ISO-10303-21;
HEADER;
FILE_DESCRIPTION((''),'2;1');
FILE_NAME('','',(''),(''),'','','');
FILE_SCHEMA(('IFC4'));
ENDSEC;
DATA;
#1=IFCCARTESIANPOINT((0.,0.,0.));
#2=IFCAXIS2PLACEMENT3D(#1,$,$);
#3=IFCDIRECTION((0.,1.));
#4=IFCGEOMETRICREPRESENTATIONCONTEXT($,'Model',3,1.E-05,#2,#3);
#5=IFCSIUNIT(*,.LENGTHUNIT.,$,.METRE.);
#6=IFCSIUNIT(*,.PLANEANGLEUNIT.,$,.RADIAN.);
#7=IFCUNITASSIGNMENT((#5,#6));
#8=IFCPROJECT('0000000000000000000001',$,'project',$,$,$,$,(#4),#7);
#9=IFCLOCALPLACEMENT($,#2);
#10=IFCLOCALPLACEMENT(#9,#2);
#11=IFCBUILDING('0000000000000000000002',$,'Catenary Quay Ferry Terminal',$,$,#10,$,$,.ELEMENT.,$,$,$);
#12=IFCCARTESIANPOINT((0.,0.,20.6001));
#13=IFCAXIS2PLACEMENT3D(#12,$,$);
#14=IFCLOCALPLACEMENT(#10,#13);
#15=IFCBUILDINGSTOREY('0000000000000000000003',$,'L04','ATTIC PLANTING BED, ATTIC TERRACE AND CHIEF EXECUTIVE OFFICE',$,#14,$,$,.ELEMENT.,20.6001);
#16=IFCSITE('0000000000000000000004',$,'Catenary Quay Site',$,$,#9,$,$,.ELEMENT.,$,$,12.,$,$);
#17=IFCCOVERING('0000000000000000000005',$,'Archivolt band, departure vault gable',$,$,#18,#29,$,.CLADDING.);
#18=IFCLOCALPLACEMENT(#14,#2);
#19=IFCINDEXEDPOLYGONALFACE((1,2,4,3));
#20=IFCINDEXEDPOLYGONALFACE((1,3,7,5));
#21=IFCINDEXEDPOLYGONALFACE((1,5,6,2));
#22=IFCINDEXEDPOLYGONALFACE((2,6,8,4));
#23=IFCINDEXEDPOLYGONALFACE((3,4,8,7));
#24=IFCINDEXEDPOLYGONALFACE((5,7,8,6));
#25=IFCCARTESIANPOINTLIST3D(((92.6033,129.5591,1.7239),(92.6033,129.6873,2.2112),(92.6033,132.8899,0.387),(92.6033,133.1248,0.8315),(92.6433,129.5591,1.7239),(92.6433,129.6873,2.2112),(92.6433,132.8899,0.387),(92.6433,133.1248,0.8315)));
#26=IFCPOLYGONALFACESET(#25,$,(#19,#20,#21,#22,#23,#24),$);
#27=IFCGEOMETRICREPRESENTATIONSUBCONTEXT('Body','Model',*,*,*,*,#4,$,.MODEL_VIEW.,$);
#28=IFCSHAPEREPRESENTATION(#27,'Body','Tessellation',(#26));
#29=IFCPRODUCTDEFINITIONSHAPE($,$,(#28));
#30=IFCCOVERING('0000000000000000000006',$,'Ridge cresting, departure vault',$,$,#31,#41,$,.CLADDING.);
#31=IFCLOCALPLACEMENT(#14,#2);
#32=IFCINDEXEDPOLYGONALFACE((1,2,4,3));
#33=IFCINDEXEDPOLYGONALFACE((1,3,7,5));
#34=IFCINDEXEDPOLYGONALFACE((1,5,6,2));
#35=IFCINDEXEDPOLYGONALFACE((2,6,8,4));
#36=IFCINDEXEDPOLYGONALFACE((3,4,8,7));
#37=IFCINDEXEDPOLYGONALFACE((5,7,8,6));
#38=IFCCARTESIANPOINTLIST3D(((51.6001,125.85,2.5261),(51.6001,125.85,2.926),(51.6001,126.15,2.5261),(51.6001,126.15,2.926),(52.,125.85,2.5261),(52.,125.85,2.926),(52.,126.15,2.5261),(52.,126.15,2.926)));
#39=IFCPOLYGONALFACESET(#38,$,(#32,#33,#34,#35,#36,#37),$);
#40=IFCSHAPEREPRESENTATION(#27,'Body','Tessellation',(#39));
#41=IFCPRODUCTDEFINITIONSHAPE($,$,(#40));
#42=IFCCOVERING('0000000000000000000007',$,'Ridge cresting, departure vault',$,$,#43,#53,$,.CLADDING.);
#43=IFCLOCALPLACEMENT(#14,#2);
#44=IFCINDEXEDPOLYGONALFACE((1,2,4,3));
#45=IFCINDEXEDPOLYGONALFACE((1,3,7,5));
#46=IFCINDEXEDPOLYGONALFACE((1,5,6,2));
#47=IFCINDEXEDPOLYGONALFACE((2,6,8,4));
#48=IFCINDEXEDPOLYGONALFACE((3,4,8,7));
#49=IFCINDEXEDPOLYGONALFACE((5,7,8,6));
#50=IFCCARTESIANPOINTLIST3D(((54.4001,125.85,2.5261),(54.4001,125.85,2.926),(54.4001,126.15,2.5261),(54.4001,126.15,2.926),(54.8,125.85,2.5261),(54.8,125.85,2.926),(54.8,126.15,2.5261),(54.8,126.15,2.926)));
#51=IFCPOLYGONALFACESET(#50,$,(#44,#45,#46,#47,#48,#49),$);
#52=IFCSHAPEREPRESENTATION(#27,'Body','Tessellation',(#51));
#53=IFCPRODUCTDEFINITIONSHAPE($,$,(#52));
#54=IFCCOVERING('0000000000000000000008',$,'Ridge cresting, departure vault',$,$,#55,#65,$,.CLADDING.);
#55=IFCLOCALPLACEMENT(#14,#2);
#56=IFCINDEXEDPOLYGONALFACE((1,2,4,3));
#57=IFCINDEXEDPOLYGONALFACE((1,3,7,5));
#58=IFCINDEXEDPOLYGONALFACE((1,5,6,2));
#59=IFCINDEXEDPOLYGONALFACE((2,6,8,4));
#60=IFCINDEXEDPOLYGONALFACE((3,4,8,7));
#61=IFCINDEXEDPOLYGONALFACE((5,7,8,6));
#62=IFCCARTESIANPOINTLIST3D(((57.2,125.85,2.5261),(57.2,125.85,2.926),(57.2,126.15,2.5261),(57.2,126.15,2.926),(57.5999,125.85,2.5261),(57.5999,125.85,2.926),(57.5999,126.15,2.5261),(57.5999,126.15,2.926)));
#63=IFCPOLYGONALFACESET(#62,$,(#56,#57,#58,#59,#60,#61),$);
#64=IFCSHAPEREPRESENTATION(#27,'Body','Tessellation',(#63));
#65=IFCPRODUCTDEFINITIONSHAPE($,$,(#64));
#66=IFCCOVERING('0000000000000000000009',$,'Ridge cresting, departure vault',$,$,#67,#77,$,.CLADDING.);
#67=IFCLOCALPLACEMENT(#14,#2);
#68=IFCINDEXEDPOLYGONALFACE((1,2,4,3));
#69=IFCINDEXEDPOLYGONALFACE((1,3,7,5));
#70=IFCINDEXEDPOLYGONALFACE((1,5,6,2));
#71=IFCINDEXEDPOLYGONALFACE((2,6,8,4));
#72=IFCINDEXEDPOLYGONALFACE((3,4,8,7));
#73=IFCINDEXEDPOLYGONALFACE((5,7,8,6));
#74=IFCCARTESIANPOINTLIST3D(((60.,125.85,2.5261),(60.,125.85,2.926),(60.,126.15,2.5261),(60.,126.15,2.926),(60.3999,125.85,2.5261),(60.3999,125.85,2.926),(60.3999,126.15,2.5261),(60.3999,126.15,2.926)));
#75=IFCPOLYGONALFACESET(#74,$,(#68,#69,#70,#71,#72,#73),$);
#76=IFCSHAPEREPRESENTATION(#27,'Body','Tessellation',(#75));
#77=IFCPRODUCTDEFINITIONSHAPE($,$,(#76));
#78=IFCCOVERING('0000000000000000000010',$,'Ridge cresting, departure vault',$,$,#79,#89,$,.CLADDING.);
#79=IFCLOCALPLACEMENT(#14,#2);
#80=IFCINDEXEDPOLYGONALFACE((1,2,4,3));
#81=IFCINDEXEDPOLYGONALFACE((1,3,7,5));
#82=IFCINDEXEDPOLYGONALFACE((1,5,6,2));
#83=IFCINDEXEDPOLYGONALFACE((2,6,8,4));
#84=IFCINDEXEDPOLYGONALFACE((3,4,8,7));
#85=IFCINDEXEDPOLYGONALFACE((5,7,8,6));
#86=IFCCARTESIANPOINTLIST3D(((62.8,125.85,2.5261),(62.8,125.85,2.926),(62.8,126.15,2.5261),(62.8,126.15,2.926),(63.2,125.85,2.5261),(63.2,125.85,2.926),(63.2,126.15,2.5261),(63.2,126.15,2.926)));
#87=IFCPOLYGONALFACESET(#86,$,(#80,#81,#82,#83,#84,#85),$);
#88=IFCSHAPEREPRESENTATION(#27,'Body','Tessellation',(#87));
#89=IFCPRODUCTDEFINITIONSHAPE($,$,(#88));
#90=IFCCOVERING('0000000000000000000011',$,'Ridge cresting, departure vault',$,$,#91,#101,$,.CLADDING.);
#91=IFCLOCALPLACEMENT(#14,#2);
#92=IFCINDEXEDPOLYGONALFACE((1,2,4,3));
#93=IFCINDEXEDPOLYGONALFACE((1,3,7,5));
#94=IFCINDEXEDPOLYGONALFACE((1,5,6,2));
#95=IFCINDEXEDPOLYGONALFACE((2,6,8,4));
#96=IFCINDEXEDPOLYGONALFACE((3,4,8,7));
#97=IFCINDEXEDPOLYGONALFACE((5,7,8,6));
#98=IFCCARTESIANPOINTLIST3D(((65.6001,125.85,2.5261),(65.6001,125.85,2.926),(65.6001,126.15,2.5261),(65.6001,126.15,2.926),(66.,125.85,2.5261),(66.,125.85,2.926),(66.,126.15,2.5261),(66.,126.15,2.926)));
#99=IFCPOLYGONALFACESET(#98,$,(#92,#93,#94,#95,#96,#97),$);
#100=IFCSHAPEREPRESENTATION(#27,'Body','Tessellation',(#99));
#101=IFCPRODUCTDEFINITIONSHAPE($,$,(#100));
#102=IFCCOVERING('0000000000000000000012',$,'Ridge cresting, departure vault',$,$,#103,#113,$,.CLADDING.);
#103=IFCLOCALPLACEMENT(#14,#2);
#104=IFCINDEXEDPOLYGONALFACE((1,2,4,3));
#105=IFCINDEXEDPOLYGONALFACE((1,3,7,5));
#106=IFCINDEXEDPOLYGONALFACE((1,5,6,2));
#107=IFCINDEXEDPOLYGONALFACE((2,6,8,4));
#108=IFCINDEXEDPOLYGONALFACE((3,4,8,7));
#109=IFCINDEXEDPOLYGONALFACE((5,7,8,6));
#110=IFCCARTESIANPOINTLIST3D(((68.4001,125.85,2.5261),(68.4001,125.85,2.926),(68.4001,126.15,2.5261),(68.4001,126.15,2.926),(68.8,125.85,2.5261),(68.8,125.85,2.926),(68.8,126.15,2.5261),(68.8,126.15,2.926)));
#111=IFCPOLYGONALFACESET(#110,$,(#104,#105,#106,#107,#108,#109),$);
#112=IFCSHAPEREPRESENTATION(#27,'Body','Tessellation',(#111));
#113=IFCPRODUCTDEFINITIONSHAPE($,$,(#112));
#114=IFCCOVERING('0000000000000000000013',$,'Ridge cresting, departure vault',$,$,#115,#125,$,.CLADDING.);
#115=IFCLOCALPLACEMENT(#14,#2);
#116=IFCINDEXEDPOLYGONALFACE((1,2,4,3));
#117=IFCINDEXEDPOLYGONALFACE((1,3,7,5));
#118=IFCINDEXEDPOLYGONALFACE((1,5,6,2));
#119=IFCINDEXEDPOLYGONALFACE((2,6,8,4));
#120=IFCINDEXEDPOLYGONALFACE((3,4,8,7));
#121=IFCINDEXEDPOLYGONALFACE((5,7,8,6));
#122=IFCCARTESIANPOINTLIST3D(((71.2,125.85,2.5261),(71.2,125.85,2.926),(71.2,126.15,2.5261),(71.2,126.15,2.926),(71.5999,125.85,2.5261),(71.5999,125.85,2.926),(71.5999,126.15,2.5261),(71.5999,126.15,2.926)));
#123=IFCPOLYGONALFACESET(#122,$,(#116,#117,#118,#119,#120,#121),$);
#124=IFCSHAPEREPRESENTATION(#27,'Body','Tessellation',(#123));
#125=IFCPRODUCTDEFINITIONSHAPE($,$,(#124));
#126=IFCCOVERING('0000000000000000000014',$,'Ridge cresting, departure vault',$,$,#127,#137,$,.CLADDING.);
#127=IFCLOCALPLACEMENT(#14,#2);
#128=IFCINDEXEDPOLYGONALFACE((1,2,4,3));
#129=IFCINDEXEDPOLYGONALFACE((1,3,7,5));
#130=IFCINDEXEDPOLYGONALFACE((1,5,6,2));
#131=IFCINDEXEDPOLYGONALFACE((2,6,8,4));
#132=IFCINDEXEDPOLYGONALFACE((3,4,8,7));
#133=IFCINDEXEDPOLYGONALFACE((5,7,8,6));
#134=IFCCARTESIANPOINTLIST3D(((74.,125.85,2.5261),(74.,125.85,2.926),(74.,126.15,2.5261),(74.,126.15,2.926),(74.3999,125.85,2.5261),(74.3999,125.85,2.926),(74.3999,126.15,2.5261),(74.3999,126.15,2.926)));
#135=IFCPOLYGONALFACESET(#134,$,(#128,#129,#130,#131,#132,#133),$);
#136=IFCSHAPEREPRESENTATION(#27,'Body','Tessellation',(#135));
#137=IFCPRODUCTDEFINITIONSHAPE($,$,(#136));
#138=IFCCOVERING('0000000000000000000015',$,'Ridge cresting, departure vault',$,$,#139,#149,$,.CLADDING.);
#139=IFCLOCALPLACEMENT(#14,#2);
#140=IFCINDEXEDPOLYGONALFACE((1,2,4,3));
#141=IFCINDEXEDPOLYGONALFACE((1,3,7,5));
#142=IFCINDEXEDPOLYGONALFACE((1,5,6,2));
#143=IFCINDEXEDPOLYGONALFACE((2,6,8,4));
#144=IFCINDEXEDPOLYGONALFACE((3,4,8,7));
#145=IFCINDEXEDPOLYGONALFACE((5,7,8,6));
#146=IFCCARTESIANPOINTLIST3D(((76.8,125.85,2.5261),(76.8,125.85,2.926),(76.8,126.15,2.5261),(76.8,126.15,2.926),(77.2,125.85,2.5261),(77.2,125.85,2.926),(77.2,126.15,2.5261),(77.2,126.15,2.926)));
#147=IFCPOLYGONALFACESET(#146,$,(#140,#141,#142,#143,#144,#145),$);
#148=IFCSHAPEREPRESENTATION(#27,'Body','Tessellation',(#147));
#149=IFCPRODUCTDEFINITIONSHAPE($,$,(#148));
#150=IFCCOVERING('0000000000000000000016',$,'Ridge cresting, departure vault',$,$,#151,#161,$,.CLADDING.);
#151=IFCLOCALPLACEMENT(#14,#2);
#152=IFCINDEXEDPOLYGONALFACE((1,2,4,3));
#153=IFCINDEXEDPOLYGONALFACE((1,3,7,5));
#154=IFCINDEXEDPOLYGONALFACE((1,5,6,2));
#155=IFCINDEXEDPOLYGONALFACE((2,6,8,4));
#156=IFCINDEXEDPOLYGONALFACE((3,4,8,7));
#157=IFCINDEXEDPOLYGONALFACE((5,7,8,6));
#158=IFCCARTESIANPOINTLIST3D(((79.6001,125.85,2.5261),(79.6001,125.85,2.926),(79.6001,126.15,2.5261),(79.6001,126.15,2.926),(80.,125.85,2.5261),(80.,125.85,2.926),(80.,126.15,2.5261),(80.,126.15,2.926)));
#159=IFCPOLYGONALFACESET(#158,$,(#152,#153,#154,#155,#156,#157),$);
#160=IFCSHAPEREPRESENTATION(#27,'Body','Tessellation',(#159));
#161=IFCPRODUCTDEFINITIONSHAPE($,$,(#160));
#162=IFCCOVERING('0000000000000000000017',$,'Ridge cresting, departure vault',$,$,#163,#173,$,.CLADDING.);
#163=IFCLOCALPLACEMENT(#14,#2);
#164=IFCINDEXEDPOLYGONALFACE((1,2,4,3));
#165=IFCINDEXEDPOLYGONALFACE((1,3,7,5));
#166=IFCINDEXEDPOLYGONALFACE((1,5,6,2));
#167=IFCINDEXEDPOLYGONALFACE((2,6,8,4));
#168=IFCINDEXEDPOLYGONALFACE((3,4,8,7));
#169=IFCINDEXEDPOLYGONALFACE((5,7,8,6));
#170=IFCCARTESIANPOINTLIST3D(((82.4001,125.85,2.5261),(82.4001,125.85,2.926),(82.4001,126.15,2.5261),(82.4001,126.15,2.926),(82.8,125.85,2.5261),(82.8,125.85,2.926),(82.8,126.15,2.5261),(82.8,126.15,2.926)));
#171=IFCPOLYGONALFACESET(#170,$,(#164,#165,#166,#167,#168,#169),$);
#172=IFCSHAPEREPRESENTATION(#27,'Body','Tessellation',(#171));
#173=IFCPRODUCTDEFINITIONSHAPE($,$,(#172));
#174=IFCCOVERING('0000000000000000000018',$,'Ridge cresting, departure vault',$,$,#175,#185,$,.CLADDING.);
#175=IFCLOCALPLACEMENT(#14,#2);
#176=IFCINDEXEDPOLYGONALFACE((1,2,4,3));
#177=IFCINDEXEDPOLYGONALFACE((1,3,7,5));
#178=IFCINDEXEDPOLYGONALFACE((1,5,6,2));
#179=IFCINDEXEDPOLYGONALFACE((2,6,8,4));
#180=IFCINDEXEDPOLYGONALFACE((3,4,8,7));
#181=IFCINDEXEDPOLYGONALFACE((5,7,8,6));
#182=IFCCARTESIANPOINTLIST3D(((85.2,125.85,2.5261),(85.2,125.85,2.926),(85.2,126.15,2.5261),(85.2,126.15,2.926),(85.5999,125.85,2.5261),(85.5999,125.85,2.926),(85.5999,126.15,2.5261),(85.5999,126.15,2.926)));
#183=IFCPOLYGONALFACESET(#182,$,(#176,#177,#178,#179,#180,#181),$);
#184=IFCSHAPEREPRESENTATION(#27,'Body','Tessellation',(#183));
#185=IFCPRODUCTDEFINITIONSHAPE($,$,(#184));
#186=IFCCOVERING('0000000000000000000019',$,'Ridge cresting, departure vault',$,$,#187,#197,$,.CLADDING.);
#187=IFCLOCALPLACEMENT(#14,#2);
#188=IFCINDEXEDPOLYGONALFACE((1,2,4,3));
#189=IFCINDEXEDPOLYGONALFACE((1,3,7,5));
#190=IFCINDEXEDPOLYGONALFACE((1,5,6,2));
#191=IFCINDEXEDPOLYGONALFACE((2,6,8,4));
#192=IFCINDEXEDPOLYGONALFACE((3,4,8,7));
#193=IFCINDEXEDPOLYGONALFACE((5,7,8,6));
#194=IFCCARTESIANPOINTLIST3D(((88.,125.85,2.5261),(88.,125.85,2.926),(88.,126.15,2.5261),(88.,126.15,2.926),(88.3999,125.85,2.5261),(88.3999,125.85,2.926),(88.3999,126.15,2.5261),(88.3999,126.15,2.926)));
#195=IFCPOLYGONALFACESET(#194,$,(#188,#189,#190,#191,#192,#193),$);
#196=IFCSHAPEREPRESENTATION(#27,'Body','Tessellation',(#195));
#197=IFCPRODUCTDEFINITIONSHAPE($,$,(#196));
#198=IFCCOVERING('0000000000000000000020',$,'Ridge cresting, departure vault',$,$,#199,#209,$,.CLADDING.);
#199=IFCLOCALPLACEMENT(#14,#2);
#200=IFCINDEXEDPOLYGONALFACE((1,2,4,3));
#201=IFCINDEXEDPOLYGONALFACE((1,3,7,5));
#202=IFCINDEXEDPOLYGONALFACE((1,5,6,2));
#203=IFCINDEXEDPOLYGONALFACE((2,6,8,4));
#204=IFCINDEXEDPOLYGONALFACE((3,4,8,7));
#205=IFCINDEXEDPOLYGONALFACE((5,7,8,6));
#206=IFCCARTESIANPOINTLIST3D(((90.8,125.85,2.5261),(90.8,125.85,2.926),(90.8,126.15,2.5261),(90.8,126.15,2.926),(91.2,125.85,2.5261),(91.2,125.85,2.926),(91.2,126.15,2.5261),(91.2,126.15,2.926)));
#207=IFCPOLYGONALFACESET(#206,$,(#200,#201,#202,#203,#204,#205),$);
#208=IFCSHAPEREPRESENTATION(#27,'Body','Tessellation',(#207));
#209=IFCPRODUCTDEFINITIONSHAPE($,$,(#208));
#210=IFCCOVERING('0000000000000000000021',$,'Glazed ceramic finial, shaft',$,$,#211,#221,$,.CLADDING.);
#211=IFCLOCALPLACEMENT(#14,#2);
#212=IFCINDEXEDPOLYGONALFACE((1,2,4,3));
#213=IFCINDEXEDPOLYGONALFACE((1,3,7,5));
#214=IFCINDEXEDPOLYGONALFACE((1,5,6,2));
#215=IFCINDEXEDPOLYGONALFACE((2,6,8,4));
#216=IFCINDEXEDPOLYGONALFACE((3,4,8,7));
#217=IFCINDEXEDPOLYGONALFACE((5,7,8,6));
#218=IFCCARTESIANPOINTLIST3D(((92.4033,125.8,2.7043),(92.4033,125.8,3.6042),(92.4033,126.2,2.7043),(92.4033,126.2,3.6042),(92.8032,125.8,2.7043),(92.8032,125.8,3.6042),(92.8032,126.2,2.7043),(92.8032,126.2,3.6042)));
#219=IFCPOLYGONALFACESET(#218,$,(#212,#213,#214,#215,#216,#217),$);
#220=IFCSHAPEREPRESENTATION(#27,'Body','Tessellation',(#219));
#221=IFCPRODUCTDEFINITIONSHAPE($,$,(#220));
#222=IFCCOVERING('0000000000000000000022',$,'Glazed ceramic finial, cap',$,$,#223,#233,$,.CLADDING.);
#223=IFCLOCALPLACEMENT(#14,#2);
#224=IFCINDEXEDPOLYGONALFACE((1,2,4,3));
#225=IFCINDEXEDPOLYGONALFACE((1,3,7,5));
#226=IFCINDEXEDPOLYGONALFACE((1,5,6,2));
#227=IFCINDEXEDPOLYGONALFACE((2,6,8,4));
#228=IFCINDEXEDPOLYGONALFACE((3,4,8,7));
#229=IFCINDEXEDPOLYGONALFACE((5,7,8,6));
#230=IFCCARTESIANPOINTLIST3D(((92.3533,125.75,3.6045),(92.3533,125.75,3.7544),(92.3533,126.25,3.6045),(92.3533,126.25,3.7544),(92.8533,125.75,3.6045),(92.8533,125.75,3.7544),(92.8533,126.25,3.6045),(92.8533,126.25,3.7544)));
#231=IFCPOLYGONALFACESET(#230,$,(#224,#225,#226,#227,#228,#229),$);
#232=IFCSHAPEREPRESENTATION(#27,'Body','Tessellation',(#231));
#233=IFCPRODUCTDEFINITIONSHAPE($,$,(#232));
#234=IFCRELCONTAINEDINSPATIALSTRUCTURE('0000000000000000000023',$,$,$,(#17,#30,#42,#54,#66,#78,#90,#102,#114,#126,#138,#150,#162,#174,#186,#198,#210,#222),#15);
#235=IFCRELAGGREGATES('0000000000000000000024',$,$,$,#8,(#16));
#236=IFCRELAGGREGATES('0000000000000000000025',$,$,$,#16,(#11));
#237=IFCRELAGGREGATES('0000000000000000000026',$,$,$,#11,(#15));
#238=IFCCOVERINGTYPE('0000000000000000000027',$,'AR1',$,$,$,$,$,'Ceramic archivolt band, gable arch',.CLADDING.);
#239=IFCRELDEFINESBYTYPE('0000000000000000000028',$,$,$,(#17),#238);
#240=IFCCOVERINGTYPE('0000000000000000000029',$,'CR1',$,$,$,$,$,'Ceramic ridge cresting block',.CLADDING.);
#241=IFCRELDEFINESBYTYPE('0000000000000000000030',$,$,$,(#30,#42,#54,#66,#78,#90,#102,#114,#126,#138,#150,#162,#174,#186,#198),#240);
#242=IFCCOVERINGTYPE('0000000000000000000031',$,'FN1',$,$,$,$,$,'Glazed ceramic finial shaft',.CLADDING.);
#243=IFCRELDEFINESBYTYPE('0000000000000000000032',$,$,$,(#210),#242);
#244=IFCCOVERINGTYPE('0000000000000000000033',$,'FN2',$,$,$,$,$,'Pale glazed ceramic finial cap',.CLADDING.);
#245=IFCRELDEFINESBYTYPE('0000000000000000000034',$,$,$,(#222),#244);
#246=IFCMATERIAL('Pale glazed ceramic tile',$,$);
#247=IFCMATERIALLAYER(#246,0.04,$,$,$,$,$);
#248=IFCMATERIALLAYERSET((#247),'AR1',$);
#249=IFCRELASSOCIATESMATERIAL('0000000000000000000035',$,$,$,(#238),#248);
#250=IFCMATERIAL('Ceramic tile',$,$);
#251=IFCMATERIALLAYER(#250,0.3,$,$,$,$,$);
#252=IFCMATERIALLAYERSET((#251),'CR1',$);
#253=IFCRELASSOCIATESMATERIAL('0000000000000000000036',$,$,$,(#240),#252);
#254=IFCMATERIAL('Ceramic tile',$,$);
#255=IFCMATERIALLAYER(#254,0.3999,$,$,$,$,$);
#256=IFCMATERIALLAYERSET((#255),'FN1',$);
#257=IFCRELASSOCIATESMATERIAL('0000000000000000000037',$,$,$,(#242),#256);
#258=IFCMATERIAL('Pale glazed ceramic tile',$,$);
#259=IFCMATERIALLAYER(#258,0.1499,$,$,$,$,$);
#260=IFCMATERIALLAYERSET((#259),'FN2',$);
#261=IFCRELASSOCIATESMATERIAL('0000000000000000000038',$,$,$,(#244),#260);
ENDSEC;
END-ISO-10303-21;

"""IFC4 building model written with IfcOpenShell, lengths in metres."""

from ifc_helpers import new_model, si_unit, direction, frame, origin, origin_2d, place, context, subcontext, project, spatial, polyline, rectangle, outline, extrude, material, layer, layer_set, type_object, element, save


model = new_model("IFC4")

# Units and contexts
model_context = context("Model", 3, precision=1e-05, world=origin(), true_north=direction((0.0, 1.0)))
body_context = subcontext(model_context, "Body", "Model", "MODEL_VIEW")
ifc_project = project(units=[si_unit("LENGTHUNIT", "METRE"), si_unit("PLANEANGLEUNIT", "RADIAN")], contexts=[model_context])

# Site, building, storey
site_placement = place(None, origin())
site = spatial("IfcSite", under=ifc_project, at=site_placement, Name="Catenary Quay Site", CompositionType="ELEMENT", RefElevation=12.0)
building_placement = place(site_placement, origin())
building = spatial("IfcBuilding", under=site, at=building_placement, Name="Catenary Quay Ferry Terminal", CompositionType="ELEMENT")
storey_placement = place(building_placement, frame((0.0, 0.0, 20.6001)))
storey = spatial("IfcBuildingStorey", under=building, at=storey_placement, Name="L04", Description="ATTIC PLANTING BED, ATTIC TERRACE AND CHIEF EXECUTIVE OFFICE", CompositionType="ELEMENT", Elevation=20.6001)

# Coverings
ifc_material_1 = material(Name="Pale glazed ceramic tile")
ifc_layer_1 = layer(ifc_material_1, 0.04)
ifc_layer_set_1 = layer_set([ifc_layer_1], Name="AR1")
covering_type_1 = type_object("IfcCoveringType", Name="AR1", ElementType="Ceramic archivolt band, gable arch", PredefinedType="CLADDING", material=ifc_layer_set_1)
covering_1_placement = place(storey_placement, frame((92.6033, 129.6873, 2.2112), z_axis=(-1.0, 0.0, 0.0), x_axis=(0.0, 0.928044, -0.37247)))
element("IfcCovering", 1, at=covering_1_placement, inside=storey, type_object=covering_type_1, Name="Archivolt band, departure vault gable", PredefinedType="CLADDING", context=body_context, shape_type="SweptSolid", body=[
    extrude(outline(polyline([(0.0, 0.0), (3.704, 0.0), (3.6517, 0.5001), (0.0626, 0.5), (0.0, 0.0)])), origin(), (0.0, 0.0, -1.0), 0.04),
])
ifc_material_2 = material(Name="Ceramic tile")
ifc_layer_2 = layer(ifc_material_2, 0.3)
ifc_layer_set_2 = layer_set([ifc_layer_2], Name="CR1")
covering_type_2 = type_object("IfcCoveringType", Name="CR1", ElementType="Ceramic ridge cresting block", PredefinedType="CLADDING", material=ifc_layer_set_2)
for number, where, z_axis, x_axis, name in (
    (2, (51.8, 126.0, 2.5261), (0.0, 0.0, 1.0), (1.0, 0.0, 0.0), "Ridge cresting, departure vault"),
    (3, (54.6001, 126.0, 2.5261), (0.0, 0.0, 1.0), (1.0, 0.0, 0.0), "Ridge cresting, departure vault"),
    (4, (57.3999, 126.0, 2.5261), (0.0, 0.0, 1.0), (1.0, 0.0, 0.0), "Ridge cresting, departure vault"),
    (5, (60.2, 126.0, 2.5261), (0.0, 0.0, 1.0), (1.0, 0.0, 0.0), "Ridge cresting, departure vault"),
    (6, (63.0, 126.0, 2.5261), (0.0, 0.0, 1.0), (1.0, 0.0, 0.0), "Ridge cresting, departure vault"),
    (7, (65.8, 126.0, 2.5261), (0.0, 0.0, 1.0), (1.0, 0.0, 0.0), "Ridge cresting, departure vault"),
    (8, (68.6001, 126.0, 2.5261), (0.0, 0.0, 1.0), (1.0, 0.0, 0.0), "Ridge cresting, departure vault"),
    (9, (71.3999, 126.0, 2.5261), (0.0, 0.0, 1.0), (1.0, 0.0, 0.0), "Ridge cresting, departure vault"),
    (10, (74.2, 126.0, 2.5261), (0.0, 0.0, 1.0), (1.0, 0.0, 0.0), "Ridge cresting, departure vault"),
    (11, (77.0, 126.0, 2.5261), (0.0, 0.0, 1.0), (1.0, 0.0, 0.0), "Ridge cresting, departure vault"),
    (12, (79.8, 126.0, 2.5261), (0.0, 0.0, 1.0), (1.0, 0.0, 0.0), "Ridge cresting, departure vault"),
    (13, (82.6001, 126.0, 2.5261), (0.0, 0.0, 1.0), (1.0, 0.0, 0.0), "Ridge cresting, departure vault"),
    (14, (85.3999, 126.0, 2.5261), (0.0, 0.0, 1.0), (1.0, 0.0, 0.0), "Ridge cresting, departure vault"),
    (15, (88.2, 126.0, 2.5261), (0.0, 0.0, 1.0), (1.0, 0.0, 0.0), "Ridge cresting, departure vault"),
    (16, (91.0, 126.0, 2.5261), (0.0, 0.0, 1.0), (1.0, 0.0, 0.0), "Ridge cresting, departure vault"),
):
    element("IfcCovering", number, at=place(storey_placement, frame(where, z_axis=z_axis, x_axis=x_axis)), inside=storey, type_object=covering_type_2, Name=name, PredefinedType="CLADDING", context=body_context, shape_type="SweptSolid", body=[
        extrude(rectangle(XDim=0.3999, YDim=0.3, at=origin_2d()), origin(), (0.0, 0.0, 1.0), 0.3999),
    ])
ifc_material_3 = material(Name="Ceramic tile")
ifc_layer_3 = layer(ifc_material_3, 0.3999)
ifc_layer_set_3 = layer_set([ifc_layer_3], Name="FN1")
covering_type_3 = type_object("IfcCoveringType", Name="FN1", ElementType="Glazed ceramic finial shaft", PredefinedType="CLADDING", material=ifc_layer_set_3)
covering_2_placement = place(storey_placement, frame((92.6033, 126.0, 2.7043), z_axis=(0.0, 0.0, 1.0), x_axis=(1.0, 0.0, 0.0)))
element("IfcCovering", 17, at=covering_2_placement, inside=storey, type_object=covering_type_3, Name="Glazed ceramic finial, shaft", PredefinedType="CLADDING", context=body_context, shape_type="SweptSolid", body=[
    extrude(rectangle(XDim=0.3999, YDim=0.3999, at=origin_2d()), origin(), (0.0, 0.0, 1.0), 0.8999),
])
ifc_material_4 = material(Name="Pale glazed ceramic tile")
ifc_layer_4 = layer(ifc_material_4, 0.1499)
ifc_layer_set_4 = layer_set([ifc_layer_4], Name="FN2")
covering_type_4 = type_object("IfcCoveringType", Name="FN2", ElementType="Pale glazed ceramic finial cap", PredefinedType="CLADDING", material=ifc_layer_set_4)
covering_3_placement = place(storey_placement, frame((92.6033, 126.0, 3.6045), z_axis=(0.0, 0.0, 1.0), x_axis=(1.0, 0.0, 0.0)))
element("IfcCovering", 18, at=covering_3_placement, inside=storey, type_object=covering_type_4, Name="Glazed ceramic finial, cap", PredefinedType="CLADDING", context=body_context, shape_type="SweptSolid", body=[
    extrude(rectangle(XDim=0.5, YDim=0.5, at=origin_2d()), origin(), (0.0, 0.0, 1.0), 0.1499),
])

save(model, "model.ifc")
